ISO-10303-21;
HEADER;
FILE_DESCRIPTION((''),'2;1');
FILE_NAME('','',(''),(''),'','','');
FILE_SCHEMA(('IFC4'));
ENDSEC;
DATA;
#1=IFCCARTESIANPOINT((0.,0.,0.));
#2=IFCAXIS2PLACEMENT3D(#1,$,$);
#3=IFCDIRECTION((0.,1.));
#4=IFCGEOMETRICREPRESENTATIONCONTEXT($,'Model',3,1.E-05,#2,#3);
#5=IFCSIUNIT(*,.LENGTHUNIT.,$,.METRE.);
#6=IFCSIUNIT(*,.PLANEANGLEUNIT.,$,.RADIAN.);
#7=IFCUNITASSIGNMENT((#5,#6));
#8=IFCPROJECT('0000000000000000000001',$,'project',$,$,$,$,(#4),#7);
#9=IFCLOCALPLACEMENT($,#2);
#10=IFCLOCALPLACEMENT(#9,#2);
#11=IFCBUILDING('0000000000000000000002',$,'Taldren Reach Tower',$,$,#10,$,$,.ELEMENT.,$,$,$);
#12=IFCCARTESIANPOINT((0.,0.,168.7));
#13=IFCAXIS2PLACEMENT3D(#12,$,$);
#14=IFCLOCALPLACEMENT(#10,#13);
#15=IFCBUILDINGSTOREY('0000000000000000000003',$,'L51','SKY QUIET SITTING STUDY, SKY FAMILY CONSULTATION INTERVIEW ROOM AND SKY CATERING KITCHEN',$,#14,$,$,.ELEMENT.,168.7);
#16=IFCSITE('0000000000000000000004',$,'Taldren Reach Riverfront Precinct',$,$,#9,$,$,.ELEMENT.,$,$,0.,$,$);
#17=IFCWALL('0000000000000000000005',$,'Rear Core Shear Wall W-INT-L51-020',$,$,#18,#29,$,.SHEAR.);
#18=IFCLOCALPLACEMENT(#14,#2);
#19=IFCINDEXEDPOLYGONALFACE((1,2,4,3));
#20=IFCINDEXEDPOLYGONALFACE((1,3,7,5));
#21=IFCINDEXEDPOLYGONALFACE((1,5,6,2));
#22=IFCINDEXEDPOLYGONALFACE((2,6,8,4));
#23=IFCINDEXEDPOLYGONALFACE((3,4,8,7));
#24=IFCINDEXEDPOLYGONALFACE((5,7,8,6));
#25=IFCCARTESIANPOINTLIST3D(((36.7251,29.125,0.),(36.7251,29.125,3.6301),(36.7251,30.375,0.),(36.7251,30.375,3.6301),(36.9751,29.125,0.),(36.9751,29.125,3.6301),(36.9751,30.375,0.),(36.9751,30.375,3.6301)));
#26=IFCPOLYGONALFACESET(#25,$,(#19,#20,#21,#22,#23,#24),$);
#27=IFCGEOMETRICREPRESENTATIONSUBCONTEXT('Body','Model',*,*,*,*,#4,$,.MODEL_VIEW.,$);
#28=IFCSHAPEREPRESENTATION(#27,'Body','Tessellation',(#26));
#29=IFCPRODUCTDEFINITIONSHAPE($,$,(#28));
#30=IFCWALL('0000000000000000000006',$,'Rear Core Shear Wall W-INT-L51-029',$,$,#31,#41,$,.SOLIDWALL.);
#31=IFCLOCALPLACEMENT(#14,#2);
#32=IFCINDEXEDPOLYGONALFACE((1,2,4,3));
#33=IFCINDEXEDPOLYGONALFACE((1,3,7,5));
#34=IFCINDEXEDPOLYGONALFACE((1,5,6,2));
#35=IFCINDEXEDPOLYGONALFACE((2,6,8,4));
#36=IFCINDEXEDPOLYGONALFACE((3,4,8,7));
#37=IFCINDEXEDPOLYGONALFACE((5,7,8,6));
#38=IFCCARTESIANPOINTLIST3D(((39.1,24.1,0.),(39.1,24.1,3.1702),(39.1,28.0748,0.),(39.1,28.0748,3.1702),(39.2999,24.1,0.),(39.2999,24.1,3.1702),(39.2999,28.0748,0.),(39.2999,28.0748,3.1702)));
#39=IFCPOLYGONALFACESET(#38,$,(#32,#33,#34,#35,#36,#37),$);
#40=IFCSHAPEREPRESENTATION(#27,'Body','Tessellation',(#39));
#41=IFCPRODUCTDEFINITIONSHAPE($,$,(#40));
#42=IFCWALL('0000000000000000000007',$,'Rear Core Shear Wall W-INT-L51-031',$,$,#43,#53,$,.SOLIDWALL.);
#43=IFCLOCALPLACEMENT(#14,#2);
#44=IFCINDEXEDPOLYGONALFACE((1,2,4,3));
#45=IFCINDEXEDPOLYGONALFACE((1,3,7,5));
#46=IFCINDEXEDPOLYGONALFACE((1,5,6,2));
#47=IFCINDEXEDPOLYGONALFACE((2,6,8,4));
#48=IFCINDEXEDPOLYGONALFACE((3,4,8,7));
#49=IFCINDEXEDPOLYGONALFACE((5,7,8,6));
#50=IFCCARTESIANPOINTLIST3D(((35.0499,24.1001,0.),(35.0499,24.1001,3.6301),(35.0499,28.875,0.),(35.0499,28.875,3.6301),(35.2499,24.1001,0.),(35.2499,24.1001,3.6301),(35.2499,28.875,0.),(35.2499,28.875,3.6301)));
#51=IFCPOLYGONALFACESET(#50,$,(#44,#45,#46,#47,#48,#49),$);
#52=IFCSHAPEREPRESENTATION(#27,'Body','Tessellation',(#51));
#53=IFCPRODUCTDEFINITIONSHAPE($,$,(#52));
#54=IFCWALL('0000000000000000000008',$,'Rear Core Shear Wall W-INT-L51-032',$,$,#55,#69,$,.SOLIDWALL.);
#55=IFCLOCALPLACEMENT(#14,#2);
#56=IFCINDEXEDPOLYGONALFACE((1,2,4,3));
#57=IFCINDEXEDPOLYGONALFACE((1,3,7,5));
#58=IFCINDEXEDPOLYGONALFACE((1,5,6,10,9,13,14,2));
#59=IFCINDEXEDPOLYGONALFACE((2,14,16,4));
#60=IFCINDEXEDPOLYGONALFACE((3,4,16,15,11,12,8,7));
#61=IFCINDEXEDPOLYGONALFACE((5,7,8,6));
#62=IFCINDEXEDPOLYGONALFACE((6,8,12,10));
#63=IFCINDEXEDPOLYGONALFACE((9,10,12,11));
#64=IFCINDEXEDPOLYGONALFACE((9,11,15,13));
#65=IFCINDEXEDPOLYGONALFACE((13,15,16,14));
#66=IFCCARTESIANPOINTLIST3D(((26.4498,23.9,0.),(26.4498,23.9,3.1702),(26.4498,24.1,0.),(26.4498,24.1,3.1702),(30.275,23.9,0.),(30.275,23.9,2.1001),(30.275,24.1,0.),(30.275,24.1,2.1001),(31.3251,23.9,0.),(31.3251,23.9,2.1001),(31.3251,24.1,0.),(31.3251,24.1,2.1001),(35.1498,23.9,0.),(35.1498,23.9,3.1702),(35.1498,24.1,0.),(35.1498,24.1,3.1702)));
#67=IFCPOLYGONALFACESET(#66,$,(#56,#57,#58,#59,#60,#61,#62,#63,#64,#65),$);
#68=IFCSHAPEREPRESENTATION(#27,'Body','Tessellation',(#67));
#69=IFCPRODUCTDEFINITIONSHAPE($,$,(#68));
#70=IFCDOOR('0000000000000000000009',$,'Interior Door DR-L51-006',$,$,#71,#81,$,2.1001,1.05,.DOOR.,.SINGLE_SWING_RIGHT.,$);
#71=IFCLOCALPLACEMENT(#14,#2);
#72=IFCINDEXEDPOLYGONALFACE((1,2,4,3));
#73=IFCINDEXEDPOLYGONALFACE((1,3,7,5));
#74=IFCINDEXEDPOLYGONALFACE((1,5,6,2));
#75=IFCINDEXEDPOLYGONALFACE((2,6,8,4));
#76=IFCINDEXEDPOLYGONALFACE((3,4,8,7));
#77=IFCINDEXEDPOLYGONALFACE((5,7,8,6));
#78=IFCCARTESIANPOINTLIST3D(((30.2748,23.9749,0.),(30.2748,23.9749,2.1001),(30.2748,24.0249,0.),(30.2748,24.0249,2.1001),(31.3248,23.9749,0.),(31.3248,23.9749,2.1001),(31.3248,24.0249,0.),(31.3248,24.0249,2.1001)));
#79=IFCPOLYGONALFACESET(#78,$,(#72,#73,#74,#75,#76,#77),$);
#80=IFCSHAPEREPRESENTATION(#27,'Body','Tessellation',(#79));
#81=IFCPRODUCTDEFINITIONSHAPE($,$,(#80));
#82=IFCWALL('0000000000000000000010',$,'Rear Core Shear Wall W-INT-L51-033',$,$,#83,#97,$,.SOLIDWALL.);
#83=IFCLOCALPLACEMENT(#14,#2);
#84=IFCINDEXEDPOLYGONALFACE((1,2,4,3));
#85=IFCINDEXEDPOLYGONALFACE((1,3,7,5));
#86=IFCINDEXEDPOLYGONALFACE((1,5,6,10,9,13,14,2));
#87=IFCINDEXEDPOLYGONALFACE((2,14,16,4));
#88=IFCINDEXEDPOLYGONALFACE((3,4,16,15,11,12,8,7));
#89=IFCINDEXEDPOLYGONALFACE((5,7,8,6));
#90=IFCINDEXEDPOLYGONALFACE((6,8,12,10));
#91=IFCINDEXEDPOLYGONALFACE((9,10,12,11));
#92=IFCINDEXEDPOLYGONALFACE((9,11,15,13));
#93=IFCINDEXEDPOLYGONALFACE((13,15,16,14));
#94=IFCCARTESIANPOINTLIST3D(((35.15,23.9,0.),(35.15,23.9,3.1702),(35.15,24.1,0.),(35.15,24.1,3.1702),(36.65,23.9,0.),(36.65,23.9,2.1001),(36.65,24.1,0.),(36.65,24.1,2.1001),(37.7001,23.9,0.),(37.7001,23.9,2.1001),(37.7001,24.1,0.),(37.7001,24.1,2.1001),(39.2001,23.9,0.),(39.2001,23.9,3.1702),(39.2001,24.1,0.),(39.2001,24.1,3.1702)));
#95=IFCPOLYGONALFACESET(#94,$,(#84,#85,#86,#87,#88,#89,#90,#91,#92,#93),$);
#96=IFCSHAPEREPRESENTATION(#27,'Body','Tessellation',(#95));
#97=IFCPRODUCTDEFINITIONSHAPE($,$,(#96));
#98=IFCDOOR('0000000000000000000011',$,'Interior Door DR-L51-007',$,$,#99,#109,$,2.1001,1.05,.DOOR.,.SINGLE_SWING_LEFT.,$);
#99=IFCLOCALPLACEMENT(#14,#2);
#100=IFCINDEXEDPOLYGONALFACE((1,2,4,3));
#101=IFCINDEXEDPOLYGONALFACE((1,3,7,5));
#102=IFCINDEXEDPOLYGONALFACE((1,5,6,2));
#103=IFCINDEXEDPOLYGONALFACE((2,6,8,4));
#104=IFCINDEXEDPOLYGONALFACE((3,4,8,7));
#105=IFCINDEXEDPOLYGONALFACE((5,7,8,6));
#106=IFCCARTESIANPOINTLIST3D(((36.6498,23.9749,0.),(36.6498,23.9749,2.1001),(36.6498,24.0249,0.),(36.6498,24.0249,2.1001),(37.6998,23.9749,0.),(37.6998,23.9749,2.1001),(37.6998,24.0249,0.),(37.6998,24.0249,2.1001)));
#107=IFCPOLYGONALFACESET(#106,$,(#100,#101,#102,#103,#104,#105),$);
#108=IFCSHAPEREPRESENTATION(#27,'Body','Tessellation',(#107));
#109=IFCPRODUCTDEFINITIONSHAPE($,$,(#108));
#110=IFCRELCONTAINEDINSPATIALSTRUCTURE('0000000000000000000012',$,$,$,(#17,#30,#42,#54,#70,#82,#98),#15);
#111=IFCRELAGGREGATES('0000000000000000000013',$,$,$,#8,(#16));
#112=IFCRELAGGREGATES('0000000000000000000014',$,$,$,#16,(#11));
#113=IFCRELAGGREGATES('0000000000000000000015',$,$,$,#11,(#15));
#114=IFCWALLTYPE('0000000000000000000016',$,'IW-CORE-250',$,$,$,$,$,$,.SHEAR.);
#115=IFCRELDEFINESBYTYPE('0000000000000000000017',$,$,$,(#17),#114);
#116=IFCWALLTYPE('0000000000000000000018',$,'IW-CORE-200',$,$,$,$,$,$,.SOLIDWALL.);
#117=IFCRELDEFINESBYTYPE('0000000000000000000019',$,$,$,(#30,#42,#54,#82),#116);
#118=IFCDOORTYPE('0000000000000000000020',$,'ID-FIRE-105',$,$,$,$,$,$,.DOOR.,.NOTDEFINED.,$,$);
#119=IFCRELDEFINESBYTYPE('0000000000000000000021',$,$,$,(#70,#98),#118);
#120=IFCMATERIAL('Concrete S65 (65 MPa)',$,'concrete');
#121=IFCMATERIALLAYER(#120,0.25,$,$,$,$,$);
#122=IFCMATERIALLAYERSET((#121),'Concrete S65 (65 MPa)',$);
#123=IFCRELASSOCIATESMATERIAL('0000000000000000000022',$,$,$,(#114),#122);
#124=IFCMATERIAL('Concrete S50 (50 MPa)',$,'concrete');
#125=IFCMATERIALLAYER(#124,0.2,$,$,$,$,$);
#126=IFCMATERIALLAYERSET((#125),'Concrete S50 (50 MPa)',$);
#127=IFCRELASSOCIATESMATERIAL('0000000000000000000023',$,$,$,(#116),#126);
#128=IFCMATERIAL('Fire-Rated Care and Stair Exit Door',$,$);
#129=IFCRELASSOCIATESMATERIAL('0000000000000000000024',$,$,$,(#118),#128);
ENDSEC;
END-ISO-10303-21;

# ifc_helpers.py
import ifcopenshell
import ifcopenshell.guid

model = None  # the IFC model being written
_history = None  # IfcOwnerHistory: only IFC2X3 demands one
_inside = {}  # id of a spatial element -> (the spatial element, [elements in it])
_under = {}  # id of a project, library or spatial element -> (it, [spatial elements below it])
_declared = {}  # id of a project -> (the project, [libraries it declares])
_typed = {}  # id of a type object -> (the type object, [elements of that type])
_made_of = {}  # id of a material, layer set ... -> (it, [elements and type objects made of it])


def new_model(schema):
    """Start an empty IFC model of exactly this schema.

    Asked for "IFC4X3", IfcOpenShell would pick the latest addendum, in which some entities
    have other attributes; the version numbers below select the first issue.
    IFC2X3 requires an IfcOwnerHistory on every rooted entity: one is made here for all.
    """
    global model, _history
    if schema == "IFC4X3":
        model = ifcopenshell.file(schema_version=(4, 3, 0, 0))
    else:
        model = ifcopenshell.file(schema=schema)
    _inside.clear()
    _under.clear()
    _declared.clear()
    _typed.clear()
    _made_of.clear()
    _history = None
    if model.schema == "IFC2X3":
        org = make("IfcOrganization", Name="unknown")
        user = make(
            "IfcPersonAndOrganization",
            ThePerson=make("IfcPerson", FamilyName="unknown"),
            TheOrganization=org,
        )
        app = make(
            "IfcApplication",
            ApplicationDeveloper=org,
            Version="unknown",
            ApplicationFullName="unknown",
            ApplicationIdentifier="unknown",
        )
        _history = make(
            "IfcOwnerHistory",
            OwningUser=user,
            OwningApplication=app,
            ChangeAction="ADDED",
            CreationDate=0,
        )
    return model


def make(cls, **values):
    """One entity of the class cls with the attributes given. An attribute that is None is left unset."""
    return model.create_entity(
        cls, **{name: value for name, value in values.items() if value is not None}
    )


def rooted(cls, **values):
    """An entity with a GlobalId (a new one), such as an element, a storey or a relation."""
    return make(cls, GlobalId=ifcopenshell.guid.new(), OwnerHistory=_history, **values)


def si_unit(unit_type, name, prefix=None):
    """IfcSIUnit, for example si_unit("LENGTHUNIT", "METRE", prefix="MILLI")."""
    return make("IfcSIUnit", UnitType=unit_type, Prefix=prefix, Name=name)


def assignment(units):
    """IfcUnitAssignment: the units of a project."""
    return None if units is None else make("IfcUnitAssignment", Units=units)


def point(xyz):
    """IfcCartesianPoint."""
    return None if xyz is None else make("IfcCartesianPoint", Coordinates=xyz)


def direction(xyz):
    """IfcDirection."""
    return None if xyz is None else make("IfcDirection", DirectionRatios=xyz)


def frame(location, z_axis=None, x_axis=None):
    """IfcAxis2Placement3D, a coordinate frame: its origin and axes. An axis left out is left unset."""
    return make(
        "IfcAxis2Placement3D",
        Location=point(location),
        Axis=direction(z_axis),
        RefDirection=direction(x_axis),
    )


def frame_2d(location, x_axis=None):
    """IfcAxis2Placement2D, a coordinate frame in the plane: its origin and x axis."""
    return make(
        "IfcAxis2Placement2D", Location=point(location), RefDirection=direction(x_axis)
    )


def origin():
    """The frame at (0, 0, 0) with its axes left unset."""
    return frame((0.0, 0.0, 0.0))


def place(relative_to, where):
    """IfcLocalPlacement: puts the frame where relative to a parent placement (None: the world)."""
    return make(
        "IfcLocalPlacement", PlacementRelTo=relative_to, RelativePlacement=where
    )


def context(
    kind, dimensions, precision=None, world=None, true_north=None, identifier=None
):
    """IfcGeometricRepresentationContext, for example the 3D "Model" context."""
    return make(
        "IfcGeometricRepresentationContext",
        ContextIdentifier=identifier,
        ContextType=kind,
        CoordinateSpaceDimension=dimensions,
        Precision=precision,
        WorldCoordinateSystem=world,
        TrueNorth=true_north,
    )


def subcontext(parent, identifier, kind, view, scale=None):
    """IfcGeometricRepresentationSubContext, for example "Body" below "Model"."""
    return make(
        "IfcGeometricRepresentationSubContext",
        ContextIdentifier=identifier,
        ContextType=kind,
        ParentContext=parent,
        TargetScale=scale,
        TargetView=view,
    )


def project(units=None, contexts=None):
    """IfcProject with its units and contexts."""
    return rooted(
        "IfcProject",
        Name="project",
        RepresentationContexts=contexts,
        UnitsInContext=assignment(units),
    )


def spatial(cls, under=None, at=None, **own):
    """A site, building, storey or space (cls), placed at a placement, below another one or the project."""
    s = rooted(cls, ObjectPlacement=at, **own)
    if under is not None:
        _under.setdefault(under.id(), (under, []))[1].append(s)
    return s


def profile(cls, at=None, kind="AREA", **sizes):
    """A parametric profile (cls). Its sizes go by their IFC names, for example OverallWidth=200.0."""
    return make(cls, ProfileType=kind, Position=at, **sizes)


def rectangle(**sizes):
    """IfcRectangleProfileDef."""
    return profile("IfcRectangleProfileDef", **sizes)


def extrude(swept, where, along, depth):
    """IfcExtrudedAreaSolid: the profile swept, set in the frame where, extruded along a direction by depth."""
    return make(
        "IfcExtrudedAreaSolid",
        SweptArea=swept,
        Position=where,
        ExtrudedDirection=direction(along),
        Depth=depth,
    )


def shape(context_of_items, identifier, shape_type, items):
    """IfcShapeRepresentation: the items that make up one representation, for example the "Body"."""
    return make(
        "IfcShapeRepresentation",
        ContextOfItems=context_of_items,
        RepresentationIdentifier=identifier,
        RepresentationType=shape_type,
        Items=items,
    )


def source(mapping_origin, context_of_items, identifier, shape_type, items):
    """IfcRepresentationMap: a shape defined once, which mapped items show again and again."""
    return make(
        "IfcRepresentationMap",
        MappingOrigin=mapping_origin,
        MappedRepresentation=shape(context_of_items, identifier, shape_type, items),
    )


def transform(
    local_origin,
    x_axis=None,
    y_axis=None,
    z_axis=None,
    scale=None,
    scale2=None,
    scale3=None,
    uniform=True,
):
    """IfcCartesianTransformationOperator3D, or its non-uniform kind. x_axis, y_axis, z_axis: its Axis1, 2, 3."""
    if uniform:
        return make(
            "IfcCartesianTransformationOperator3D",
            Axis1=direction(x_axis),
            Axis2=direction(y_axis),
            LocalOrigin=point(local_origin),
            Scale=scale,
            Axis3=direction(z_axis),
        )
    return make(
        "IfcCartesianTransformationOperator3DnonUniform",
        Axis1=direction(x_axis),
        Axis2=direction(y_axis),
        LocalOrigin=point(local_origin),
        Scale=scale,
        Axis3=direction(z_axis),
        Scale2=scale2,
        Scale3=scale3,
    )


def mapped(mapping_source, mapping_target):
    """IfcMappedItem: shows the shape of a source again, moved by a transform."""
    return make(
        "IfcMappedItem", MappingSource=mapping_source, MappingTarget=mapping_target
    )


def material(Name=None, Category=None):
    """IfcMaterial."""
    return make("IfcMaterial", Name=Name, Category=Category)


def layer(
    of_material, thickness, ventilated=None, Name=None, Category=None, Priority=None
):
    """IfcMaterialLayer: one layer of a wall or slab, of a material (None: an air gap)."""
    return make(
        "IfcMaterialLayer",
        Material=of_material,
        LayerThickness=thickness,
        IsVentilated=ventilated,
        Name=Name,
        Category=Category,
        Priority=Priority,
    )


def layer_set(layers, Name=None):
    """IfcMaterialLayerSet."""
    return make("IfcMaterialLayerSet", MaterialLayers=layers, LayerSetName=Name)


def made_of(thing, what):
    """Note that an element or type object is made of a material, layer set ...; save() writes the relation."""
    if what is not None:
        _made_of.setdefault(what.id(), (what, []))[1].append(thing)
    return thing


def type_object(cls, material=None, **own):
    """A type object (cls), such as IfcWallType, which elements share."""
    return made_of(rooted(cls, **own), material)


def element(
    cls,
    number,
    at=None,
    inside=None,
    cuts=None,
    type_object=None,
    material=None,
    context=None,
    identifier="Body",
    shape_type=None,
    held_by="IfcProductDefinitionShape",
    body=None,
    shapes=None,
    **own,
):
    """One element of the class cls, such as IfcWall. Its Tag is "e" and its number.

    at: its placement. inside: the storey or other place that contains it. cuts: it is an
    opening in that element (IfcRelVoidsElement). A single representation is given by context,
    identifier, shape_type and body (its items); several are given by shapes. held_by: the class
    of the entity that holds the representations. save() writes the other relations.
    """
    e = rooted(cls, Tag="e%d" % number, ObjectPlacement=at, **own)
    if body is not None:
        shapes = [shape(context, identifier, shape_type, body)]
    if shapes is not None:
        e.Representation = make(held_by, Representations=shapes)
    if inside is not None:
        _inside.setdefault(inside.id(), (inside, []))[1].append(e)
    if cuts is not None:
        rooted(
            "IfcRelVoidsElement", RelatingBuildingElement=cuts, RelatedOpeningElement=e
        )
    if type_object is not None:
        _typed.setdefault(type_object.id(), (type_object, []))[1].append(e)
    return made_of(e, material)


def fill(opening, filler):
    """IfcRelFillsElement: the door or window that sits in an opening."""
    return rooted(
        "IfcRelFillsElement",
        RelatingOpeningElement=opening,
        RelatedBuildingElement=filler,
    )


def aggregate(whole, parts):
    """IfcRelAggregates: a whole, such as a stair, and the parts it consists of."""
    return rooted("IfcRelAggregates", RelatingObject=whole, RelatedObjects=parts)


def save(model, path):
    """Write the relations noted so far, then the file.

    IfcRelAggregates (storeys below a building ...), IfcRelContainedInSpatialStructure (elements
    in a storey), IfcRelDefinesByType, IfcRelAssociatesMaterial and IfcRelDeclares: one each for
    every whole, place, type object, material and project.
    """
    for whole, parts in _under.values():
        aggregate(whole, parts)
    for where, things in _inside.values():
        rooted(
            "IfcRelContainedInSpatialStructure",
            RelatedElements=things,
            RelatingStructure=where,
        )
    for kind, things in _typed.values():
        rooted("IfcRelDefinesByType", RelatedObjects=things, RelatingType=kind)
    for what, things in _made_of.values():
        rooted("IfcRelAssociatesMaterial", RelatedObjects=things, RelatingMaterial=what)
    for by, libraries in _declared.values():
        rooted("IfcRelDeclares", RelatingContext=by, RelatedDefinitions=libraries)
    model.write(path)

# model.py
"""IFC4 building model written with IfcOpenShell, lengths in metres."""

from ifc_helpers import new_model, si_unit, direction, frame, frame_2d, origin, place, context, subcontext, project, spatial, rectangle, extrude, source, transform, mapped, material, layer, layer_set, type_object, element, fill, save


model = new_model("IFC4")

# Units and contexts
model_context = context("Model", 3, precision=1e-05, world=origin(), true_north=direction((0.0, 1.0)))
body_context = subcontext(model_context, "Body", "Model", "MODEL_VIEW")
ifc_project = project(units=[si_unit("LENGTHUNIT", "METRE"), si_unit("PLANEANGLEUNIT", "RADIAN")], contexts=[model_context])

# Site, building, storey
site_placement = place(None, origin())
site = spatial("IfcSite", under=ifc_project, at=site_placement, Name="Taldren Reach Riverfront Precinct", CompositionType="ELEMENT", RefElevation=0.0)
building_placement = place(site_placement, origin())
building = spatial("IfcBuilding", under=site, at=building_placement, Name="Taldren Reach Tower", CompositionType="ELEMENT")
storey_placement = place(building_placement, frame((0.0, 0.0, 168.7)))
storey = spatial("IfcBuildingStorey", under=building, at=storey_placement, Name="L51", Description="SKY QUIET SITTING STUDY, SKY FAMILY CONSULTATION INTERVIEW ROOM AND SKY CATERING KITCHEN", CompositionType="ELEMENT", Elevation=168.7)

# Wall
ifc_material_1 = material(Name="Concrete S65 (65 MPa)", Category="concrete")
ifc_layer_1 = layer(ifc_material_1, 0.25)
ifc_layer_set_1 = layer_set([ifc_layer_1], Name="Concrete S65 (65 MPa)")
wall_type_1 = type_object("IfcWallType", Name="IW-CORE-250", PredefinedType="SHEAR", material=ifc_layer_set_1)
shared_shape_1 = source(origin(), body_context, "Body", "SweptSolid", [
    extrude(rectangle(XDim=1.25, YDim=0.25, at=frame_2d((0.625, 0.0))), origin(), (0.0, 0.0, 1.0), 3.6301),
])
for number, where, z_axis, x_axis, name in (
    (1, (36.8501, 29.125, 0.0), (0.0, 0.0, 1.0), (0.0, 1.0, 0.0), "Rear Core Shear Wall W-INT-L51-020"),
):
    element("IfcWall", number, at=place(storey_placement, frame(where, z_axis=z_axis, x_axis=x_axis)), inside=storey, type_object=wall_type_1, Name=name, PredefinedType="SHEAR", context=body_context, shape_type="MappedRepresentation", body=[
        mapped(shared_shape_1, transform((0.0, 0.0, 0.0), scale=1.0)),
    ])

# Walls
ifc_material_2 = material(Name="Concrete S50 (50 MPa)", Category="concrete")
ifc_layer_2 = layer(ifc_material_2, 0.2)
ifc_layer_set_2 = layer_set([ifc_layer_2], Name="Concrete S50 (50 MPa)")
wall_type_2 = type_object("IfcWallType", Name="IW-CORE-200", PredefinedType="SOLIDWALL", material=ifc_layer_set_2)
shared_shape_2 = source(origin(), body_context, "Body", "SweptSolid", [
    extrude(rectangle(XDim=3.9749, YDim=0.2, at=frame_2d((1.9873, 0.0))), origin(), (0.0, 0.0, 1.0), 3.1702),
])
wall_1_placement = place(storey_placement, frame((39.2, 24.1001, 0.0), z_axis=(0.0, 0.0, 1.0), x_axis=(0.0, 1.0, 0.0)))
element("IfcWall", 2, at=wall_1_placement, inside=storey, type_object=wall_type_2, Name="Rear Core Shear Wall W-INT-L51-029", PredefinedType="SOLIDWALL", context=body_context, shape_type="MappedRepresentation", body=[
    mapped(shared_shape_2, transform((0.0, 0.0, 0.0), scale=1.0)),
])
shared_shape_3 = source(origin(), body_context, "Body", "SweptSolid", [
    extrude(rectangle(XDim=4.7749, YDim=0.2, at=frame_2d((2.3875, 0.0))), origin(), (0.0, 0.0, 1.0), 3.6301),
])
wall_2_placement = place(storey_placement, frame((35.1499, 28.875, 0.0), z_axis=(0.0, 0.0, 1.0), x_axis=(0.0, -1.0, 0.0)))
element("IfcWall", 3, at=wall_2_placement, inside=storey, type_object=wall_type_2, Name="Rear Core Shear Wall W-INT-L51-031", PredefinedType="SOLIDWALL", context=body_context, shape_type="MappedRepresentation", body=[
    mapped(shared_shape_3, transform((0.0, 0.0, 0.0), scale=1.0)),
])

# Walls, openings, doors
shared_shape_4 = source(origin(), body_context, "Body", "SweptSolid", [
    extrude(rectangle(XDim=8.7, YDim=0.2, at=frame_2d((4.3501, 0.0))), origin(), (0.0, 0.0, 1.0), 3.1702),
])
wall_3_placement = place(storey_placement, frame((35.1499, 24.0, 0.0), z_axis=(0.0, 0.0, 1.0), x_axis=(-1.0, 0.0, 0.0)))
wall_3 = element("IfcWall", 4, at=wall_3_placement, inside=storey, type_object=wall_type_2, Name="Rear Core Shear Wall W-INT-L51-032", PredefinedType="SOLIDWALL", context=body_context, shape_type="MappedRepresentation", body=[
    mapped(shared_shape_4, transform((0.0, 0.0, 0.0), scale=1.0)),
])
shared_shape_5 = source(origin(), body_context, "Body", "SweptSolid", [
    extrude(rectangle(XDim=1.05, YDim=2.1001, at=frame_2d((0.5249, 1.05))), frame((0.0, 0.1099, 0.0), z_axis=(0.0, -1.0, 0.0), x_axis=(1.0, 0.0, 0.0)), (0.0, 0.0, 1.0), 0.22),
])
opening_1_placement = place(wall_3_placement, frame((3.825, 0.0, 0.0)))
opening_1 = element("IfcOpeningElement", 5, at=opening_1_placement, cuts=wall_3, PredefinedType="OPENING", context=body_context, shape_type="MappedRepresentation", body=[
    mapped(shared_shape_5, transform((0.0, 0.0, 0.0), scale=1.0)),
])
ifc_material_3 = material(Name="Fire-Rated Care and Stair Exit Door")
door_type_1 = type_object("IfcDoorType", Name="ID-FIRE-105", OperationType="NOTDEFINED", PredefinedType="DOOR", material=ifc_material_3)
shared_shape_6 = source(origin(), body_context, "Body", "SweptSolid", [
    extrude(rectangle(XDim=1.05, YDim=2.1001, at=frame_2d((0.5249, 1.05))), frame((0.0, 0.0249, 0.0), z_axis=(0.0, -1.0, 0.0), x_axis=(1.0, 0.0, 0.0)), (0.0, 0.0, 1.0), 0.05),
])
door_1_placement = place(opening_1_placement, frame((1.05, 0.0, 0.0), z_axis=(0.0, 0.0, 1.0), x_axis=(-1.0, 0.0, 0.0)))
door_1 = element("IfcDoor", 6, at=door_1_placement, inside=storey, type_object=door_type_1, Name="Interior Door DR-L51-006", OperationType="SINGLE_SWING_RIGHT", OverallHeight=2.1001, OverallWidth=1.05, PredefinedType="DOOR", context=body_context, shape_type="MappedRepresentation", body=[
    mapped(shared_shape_6, transform((0.0, 0.0, 0.0), scale=1.0)),
])
fill(opening_1, door_1)
shared_shape_7 = source(origin(), body_context, "Body", "SweptSolid", [
    extrude(rectangle(XDim=4.05, YDim=0.2, at=frame_2d((2.0249, 0.0))), origin(), (0.0, 0.0, 1.0), 3.1702),
])
wall_4_placement = place(storey_placement, frame((39.2, 24.0, 0.0), z_axis=(0.0, 0.0, 1.0), x_axis=(-1.0, 0.0, 0.0)))
wall_4 = element("IfcWall", 7, at=wall_4_placement, inside=storey, type_object=wall_type_2, Name="Rear Core Shear Wall W-INT-L51-033", PredefinedType="SOLIDWALL", context=body_context, shape_type="MappedRepresentation", body=[
    mapped(shared_shape_7, transform((0.0, 0.0, 0.0), scale=1.0)),
])
opening_2_placement = place(wall_4_placement, frame((1.5, 0.0, 0.0)))
opening_2 = element("IfcOpeningElement", 8, at=opening_2_placement, cuts=wall_4, PredefinedType="OPENING", context=body_context, shape_type="MappedRepresentation", body=[
    mapped(shared_shape_5, transform((0.0, 0.0, 0.0), scale=1.0)),
])
door_2_placement = place(opening_2_placement, frame((1.05, 0.0, 0.0), z_axis=(0.0, 0.0, 1.0), x_axis=(-1.0, 0.0, 0.0)))
door_2 = element("IfcDoor", 9, at=door_2_placement, inside=storey, type_object=door_type_1, Name="Interior Door DR-L51-007", OperationType="SINGLE_SWING_LEFT", OverallHeight=2.1001, OverallWidth=1.05, PredefinedType="DOOR", context=body_context, shape_type="MappedRepresentation", body=[
    mapped(shared_shape_6, transform((0.0, 0.0, 0.0), scale=1.0)),
])
fill(opening_2, door_2)

save(model, "model.ifc")
